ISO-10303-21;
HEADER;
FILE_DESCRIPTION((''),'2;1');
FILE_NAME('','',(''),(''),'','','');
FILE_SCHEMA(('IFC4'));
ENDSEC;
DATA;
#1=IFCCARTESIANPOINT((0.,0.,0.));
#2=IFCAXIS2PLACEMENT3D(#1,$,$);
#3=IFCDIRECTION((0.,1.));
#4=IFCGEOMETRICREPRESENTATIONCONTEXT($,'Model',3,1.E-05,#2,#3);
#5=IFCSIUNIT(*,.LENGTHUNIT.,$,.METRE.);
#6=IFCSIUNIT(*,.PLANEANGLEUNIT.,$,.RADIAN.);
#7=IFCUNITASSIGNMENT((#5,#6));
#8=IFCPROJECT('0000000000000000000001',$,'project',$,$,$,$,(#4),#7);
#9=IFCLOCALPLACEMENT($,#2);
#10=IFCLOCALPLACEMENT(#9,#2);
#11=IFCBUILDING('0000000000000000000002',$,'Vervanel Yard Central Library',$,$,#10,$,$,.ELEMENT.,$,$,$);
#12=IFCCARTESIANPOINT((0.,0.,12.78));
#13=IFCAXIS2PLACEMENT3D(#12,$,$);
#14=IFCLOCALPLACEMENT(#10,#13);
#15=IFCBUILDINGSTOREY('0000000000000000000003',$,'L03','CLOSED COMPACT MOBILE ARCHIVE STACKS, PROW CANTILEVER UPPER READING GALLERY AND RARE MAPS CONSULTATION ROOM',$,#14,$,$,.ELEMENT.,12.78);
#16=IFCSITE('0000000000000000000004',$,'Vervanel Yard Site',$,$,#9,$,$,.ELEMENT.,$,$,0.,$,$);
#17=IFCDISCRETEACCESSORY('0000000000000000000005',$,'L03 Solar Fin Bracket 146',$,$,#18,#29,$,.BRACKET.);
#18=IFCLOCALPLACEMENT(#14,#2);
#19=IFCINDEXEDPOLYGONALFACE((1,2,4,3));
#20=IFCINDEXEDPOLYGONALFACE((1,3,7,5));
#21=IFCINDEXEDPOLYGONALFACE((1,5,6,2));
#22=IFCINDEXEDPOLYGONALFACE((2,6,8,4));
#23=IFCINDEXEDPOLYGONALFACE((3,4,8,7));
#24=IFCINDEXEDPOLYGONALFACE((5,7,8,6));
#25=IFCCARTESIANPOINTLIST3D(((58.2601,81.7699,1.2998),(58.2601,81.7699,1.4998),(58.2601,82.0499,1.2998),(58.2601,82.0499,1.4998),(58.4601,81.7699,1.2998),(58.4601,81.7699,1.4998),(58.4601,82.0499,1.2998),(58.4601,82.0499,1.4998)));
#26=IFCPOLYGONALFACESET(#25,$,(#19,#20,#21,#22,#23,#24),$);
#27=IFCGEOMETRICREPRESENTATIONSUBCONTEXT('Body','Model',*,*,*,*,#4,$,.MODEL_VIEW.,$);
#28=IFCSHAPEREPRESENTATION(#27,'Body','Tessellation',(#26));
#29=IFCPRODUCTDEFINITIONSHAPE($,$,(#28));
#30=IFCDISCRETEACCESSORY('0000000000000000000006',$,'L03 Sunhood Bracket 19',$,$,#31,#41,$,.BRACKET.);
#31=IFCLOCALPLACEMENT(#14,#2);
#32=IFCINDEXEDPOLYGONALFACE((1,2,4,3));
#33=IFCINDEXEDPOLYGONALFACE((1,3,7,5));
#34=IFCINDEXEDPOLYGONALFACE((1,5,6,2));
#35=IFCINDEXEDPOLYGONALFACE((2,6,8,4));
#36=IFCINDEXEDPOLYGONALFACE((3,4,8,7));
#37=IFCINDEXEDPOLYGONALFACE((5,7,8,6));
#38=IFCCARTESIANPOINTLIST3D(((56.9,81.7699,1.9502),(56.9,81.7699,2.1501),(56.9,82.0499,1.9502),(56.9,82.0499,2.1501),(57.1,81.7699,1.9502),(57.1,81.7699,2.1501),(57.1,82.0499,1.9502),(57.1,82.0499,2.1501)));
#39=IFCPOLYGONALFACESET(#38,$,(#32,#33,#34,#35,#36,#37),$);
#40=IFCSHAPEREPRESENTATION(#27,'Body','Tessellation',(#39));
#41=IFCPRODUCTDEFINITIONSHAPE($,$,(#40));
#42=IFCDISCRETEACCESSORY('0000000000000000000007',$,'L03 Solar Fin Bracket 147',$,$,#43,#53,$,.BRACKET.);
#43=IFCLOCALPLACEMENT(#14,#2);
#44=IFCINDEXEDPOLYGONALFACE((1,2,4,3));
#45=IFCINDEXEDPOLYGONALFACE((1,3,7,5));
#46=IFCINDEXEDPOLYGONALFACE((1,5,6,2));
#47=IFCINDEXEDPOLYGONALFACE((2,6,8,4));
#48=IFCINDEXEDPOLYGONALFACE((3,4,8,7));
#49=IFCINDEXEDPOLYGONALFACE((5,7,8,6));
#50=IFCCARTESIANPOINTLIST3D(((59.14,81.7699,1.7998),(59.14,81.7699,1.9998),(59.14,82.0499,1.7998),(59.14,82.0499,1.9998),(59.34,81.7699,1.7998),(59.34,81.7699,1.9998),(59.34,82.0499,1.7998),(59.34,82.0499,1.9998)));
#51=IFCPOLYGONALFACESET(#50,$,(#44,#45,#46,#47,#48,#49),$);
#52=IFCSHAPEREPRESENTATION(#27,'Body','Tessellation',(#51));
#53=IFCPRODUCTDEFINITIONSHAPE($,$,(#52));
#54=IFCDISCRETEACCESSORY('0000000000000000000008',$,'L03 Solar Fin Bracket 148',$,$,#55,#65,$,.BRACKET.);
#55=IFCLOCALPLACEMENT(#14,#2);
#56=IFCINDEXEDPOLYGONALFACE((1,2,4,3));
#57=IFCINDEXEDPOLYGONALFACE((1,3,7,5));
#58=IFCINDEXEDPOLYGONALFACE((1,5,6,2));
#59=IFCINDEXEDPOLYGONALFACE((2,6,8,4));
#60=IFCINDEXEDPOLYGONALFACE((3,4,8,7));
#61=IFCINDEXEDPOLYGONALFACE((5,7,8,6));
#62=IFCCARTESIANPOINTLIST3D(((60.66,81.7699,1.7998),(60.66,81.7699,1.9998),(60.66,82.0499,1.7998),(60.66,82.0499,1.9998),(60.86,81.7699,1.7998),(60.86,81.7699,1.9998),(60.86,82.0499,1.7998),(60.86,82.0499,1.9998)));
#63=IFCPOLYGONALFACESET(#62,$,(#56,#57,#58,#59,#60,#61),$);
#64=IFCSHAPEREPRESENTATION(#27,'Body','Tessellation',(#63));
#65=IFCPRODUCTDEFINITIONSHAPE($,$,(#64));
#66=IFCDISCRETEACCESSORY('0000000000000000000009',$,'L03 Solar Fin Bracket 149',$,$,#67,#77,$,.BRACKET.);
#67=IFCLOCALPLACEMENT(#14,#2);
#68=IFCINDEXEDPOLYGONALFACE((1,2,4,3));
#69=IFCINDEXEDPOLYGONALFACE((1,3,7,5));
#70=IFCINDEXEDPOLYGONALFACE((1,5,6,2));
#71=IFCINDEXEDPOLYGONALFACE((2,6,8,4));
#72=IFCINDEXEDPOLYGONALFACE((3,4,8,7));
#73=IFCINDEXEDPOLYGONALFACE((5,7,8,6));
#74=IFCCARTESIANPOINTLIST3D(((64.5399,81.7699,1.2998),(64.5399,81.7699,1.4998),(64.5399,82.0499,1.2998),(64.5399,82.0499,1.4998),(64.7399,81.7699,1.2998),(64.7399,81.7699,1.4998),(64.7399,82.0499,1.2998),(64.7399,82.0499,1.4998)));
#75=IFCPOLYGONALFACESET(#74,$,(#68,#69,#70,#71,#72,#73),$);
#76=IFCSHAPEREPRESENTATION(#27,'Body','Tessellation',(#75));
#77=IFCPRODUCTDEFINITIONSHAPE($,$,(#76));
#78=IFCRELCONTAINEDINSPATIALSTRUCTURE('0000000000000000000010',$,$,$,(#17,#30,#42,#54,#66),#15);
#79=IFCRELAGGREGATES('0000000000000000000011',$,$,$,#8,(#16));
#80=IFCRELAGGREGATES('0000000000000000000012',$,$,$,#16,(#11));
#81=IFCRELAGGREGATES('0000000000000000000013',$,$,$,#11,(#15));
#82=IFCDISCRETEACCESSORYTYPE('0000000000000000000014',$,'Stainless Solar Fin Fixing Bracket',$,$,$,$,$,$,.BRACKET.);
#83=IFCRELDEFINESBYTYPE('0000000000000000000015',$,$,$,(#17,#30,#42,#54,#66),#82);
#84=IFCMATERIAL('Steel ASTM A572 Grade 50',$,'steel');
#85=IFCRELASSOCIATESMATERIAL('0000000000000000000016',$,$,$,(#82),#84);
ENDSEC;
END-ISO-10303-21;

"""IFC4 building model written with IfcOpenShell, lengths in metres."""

from ifc_helpers import new_model, si_unit, direction, frame, origin, origin_2d, place, context, subcontext, project, spatial, rectangle, extrude, material, type_object, element, save


model = new_model("IFC4")

# Units and contexts
model_context = context("Model", 3, precision=1e-05, world=origin(), true_north=direction((0.0, 1.0)))
body_context = subcontext(model_context, "Body", "Model", "MODEL_VIEW")
ifc_project = project(units=[si_unit("LENGTHUNIT", "METRE"), si_unit("PLANEANGLEUNIT", "RADIAN")], contexts=[model_context])

# Site, building, storey
site_placement = place(None, origin())
site = spatial("IfcSite", under=ifc_project, at=site_placement, Name="Vervanel Yard Site", CompositionType="ELEMENT", RefElevation=0.0)
building_placement = place(site_placement, origin())
building = spatial("IfcBuilding", under=site, at=building_placement, Name="Vervanel Yard Central Library", CompositionType="ELEMENT")
storey_placement = place(building_placement, frame((0.0, 0.0, 12.78)))
storey = spatial("IfcBuildingStorey", under=building, at=storey_placement, Name="L03", Description="CLOSED COMPACT MOBILE ARCHIVE STACKS, PROW CANTILEVER UPPER READING GALLERY AND RARE MAPS CONSULTATION ROOM", CompositionType="ELEMENT", Elevation=12.78)

# Discrete accessories
ifc_material_1 = material(Name="Steel ASTM A572 Grade 50", Category="steel")
discrete_accessory_type = type_object("IfcDiscreteAccessoryType", Name="Stainless Solar Fin Fixing Bracket", PredefinedType="BRACKET", material=ifc_material_1)
for number, where, z_axis, x_axis, name in (
    (1, (58.3601, 81.9099, 1.2998), (0.0, 0.0, 1.0), (1.0, 0.0, 0.0), "L03 Solar Fin Bracket 146"),
    (2, (57.0, 81.9099, 1.9502), (0.0, 0.0, 1.0), (1.0, 0.0, 0.0), "L03 Sunhood Bracket 19"),
    (3, (59.24, 81.9099, 1.7998), (0.0, 0.0, 1.0), (1.0, 0.0, 0.0), "L03 Solar Fin Bracket 147"),
    (4, (60.76, 81.9099, 1.7998), (0.0, 0.0, 1.0), (1.0, 0.0, 0.0), "L03 Solar Fin Bracket 148"),
    (5, (64.6399, 81.9099, 1.2998), (0.0, 0.0, 1.0), (1.0, 0.0, 0.0), "L03 Solar Fin Bracket 149"),
):
    element("IfcDiscreteAccessory", number, at=place(storey_placement, frame(where, z_axis=z_axis, x_axis=x_axis)), inside=storey, type_object=discrete_accessory_type, Name=name, PredefinedType="BRACKET", context=body_context, shape_type="SweptSolid", body=[
        extrude(rectangle(XDim=0.2, YDim=0.28, at=origin_2d()), origin(), (0.0, 0.0, 1.0), 0.2),
    ])

save(model, "model.ifc")
